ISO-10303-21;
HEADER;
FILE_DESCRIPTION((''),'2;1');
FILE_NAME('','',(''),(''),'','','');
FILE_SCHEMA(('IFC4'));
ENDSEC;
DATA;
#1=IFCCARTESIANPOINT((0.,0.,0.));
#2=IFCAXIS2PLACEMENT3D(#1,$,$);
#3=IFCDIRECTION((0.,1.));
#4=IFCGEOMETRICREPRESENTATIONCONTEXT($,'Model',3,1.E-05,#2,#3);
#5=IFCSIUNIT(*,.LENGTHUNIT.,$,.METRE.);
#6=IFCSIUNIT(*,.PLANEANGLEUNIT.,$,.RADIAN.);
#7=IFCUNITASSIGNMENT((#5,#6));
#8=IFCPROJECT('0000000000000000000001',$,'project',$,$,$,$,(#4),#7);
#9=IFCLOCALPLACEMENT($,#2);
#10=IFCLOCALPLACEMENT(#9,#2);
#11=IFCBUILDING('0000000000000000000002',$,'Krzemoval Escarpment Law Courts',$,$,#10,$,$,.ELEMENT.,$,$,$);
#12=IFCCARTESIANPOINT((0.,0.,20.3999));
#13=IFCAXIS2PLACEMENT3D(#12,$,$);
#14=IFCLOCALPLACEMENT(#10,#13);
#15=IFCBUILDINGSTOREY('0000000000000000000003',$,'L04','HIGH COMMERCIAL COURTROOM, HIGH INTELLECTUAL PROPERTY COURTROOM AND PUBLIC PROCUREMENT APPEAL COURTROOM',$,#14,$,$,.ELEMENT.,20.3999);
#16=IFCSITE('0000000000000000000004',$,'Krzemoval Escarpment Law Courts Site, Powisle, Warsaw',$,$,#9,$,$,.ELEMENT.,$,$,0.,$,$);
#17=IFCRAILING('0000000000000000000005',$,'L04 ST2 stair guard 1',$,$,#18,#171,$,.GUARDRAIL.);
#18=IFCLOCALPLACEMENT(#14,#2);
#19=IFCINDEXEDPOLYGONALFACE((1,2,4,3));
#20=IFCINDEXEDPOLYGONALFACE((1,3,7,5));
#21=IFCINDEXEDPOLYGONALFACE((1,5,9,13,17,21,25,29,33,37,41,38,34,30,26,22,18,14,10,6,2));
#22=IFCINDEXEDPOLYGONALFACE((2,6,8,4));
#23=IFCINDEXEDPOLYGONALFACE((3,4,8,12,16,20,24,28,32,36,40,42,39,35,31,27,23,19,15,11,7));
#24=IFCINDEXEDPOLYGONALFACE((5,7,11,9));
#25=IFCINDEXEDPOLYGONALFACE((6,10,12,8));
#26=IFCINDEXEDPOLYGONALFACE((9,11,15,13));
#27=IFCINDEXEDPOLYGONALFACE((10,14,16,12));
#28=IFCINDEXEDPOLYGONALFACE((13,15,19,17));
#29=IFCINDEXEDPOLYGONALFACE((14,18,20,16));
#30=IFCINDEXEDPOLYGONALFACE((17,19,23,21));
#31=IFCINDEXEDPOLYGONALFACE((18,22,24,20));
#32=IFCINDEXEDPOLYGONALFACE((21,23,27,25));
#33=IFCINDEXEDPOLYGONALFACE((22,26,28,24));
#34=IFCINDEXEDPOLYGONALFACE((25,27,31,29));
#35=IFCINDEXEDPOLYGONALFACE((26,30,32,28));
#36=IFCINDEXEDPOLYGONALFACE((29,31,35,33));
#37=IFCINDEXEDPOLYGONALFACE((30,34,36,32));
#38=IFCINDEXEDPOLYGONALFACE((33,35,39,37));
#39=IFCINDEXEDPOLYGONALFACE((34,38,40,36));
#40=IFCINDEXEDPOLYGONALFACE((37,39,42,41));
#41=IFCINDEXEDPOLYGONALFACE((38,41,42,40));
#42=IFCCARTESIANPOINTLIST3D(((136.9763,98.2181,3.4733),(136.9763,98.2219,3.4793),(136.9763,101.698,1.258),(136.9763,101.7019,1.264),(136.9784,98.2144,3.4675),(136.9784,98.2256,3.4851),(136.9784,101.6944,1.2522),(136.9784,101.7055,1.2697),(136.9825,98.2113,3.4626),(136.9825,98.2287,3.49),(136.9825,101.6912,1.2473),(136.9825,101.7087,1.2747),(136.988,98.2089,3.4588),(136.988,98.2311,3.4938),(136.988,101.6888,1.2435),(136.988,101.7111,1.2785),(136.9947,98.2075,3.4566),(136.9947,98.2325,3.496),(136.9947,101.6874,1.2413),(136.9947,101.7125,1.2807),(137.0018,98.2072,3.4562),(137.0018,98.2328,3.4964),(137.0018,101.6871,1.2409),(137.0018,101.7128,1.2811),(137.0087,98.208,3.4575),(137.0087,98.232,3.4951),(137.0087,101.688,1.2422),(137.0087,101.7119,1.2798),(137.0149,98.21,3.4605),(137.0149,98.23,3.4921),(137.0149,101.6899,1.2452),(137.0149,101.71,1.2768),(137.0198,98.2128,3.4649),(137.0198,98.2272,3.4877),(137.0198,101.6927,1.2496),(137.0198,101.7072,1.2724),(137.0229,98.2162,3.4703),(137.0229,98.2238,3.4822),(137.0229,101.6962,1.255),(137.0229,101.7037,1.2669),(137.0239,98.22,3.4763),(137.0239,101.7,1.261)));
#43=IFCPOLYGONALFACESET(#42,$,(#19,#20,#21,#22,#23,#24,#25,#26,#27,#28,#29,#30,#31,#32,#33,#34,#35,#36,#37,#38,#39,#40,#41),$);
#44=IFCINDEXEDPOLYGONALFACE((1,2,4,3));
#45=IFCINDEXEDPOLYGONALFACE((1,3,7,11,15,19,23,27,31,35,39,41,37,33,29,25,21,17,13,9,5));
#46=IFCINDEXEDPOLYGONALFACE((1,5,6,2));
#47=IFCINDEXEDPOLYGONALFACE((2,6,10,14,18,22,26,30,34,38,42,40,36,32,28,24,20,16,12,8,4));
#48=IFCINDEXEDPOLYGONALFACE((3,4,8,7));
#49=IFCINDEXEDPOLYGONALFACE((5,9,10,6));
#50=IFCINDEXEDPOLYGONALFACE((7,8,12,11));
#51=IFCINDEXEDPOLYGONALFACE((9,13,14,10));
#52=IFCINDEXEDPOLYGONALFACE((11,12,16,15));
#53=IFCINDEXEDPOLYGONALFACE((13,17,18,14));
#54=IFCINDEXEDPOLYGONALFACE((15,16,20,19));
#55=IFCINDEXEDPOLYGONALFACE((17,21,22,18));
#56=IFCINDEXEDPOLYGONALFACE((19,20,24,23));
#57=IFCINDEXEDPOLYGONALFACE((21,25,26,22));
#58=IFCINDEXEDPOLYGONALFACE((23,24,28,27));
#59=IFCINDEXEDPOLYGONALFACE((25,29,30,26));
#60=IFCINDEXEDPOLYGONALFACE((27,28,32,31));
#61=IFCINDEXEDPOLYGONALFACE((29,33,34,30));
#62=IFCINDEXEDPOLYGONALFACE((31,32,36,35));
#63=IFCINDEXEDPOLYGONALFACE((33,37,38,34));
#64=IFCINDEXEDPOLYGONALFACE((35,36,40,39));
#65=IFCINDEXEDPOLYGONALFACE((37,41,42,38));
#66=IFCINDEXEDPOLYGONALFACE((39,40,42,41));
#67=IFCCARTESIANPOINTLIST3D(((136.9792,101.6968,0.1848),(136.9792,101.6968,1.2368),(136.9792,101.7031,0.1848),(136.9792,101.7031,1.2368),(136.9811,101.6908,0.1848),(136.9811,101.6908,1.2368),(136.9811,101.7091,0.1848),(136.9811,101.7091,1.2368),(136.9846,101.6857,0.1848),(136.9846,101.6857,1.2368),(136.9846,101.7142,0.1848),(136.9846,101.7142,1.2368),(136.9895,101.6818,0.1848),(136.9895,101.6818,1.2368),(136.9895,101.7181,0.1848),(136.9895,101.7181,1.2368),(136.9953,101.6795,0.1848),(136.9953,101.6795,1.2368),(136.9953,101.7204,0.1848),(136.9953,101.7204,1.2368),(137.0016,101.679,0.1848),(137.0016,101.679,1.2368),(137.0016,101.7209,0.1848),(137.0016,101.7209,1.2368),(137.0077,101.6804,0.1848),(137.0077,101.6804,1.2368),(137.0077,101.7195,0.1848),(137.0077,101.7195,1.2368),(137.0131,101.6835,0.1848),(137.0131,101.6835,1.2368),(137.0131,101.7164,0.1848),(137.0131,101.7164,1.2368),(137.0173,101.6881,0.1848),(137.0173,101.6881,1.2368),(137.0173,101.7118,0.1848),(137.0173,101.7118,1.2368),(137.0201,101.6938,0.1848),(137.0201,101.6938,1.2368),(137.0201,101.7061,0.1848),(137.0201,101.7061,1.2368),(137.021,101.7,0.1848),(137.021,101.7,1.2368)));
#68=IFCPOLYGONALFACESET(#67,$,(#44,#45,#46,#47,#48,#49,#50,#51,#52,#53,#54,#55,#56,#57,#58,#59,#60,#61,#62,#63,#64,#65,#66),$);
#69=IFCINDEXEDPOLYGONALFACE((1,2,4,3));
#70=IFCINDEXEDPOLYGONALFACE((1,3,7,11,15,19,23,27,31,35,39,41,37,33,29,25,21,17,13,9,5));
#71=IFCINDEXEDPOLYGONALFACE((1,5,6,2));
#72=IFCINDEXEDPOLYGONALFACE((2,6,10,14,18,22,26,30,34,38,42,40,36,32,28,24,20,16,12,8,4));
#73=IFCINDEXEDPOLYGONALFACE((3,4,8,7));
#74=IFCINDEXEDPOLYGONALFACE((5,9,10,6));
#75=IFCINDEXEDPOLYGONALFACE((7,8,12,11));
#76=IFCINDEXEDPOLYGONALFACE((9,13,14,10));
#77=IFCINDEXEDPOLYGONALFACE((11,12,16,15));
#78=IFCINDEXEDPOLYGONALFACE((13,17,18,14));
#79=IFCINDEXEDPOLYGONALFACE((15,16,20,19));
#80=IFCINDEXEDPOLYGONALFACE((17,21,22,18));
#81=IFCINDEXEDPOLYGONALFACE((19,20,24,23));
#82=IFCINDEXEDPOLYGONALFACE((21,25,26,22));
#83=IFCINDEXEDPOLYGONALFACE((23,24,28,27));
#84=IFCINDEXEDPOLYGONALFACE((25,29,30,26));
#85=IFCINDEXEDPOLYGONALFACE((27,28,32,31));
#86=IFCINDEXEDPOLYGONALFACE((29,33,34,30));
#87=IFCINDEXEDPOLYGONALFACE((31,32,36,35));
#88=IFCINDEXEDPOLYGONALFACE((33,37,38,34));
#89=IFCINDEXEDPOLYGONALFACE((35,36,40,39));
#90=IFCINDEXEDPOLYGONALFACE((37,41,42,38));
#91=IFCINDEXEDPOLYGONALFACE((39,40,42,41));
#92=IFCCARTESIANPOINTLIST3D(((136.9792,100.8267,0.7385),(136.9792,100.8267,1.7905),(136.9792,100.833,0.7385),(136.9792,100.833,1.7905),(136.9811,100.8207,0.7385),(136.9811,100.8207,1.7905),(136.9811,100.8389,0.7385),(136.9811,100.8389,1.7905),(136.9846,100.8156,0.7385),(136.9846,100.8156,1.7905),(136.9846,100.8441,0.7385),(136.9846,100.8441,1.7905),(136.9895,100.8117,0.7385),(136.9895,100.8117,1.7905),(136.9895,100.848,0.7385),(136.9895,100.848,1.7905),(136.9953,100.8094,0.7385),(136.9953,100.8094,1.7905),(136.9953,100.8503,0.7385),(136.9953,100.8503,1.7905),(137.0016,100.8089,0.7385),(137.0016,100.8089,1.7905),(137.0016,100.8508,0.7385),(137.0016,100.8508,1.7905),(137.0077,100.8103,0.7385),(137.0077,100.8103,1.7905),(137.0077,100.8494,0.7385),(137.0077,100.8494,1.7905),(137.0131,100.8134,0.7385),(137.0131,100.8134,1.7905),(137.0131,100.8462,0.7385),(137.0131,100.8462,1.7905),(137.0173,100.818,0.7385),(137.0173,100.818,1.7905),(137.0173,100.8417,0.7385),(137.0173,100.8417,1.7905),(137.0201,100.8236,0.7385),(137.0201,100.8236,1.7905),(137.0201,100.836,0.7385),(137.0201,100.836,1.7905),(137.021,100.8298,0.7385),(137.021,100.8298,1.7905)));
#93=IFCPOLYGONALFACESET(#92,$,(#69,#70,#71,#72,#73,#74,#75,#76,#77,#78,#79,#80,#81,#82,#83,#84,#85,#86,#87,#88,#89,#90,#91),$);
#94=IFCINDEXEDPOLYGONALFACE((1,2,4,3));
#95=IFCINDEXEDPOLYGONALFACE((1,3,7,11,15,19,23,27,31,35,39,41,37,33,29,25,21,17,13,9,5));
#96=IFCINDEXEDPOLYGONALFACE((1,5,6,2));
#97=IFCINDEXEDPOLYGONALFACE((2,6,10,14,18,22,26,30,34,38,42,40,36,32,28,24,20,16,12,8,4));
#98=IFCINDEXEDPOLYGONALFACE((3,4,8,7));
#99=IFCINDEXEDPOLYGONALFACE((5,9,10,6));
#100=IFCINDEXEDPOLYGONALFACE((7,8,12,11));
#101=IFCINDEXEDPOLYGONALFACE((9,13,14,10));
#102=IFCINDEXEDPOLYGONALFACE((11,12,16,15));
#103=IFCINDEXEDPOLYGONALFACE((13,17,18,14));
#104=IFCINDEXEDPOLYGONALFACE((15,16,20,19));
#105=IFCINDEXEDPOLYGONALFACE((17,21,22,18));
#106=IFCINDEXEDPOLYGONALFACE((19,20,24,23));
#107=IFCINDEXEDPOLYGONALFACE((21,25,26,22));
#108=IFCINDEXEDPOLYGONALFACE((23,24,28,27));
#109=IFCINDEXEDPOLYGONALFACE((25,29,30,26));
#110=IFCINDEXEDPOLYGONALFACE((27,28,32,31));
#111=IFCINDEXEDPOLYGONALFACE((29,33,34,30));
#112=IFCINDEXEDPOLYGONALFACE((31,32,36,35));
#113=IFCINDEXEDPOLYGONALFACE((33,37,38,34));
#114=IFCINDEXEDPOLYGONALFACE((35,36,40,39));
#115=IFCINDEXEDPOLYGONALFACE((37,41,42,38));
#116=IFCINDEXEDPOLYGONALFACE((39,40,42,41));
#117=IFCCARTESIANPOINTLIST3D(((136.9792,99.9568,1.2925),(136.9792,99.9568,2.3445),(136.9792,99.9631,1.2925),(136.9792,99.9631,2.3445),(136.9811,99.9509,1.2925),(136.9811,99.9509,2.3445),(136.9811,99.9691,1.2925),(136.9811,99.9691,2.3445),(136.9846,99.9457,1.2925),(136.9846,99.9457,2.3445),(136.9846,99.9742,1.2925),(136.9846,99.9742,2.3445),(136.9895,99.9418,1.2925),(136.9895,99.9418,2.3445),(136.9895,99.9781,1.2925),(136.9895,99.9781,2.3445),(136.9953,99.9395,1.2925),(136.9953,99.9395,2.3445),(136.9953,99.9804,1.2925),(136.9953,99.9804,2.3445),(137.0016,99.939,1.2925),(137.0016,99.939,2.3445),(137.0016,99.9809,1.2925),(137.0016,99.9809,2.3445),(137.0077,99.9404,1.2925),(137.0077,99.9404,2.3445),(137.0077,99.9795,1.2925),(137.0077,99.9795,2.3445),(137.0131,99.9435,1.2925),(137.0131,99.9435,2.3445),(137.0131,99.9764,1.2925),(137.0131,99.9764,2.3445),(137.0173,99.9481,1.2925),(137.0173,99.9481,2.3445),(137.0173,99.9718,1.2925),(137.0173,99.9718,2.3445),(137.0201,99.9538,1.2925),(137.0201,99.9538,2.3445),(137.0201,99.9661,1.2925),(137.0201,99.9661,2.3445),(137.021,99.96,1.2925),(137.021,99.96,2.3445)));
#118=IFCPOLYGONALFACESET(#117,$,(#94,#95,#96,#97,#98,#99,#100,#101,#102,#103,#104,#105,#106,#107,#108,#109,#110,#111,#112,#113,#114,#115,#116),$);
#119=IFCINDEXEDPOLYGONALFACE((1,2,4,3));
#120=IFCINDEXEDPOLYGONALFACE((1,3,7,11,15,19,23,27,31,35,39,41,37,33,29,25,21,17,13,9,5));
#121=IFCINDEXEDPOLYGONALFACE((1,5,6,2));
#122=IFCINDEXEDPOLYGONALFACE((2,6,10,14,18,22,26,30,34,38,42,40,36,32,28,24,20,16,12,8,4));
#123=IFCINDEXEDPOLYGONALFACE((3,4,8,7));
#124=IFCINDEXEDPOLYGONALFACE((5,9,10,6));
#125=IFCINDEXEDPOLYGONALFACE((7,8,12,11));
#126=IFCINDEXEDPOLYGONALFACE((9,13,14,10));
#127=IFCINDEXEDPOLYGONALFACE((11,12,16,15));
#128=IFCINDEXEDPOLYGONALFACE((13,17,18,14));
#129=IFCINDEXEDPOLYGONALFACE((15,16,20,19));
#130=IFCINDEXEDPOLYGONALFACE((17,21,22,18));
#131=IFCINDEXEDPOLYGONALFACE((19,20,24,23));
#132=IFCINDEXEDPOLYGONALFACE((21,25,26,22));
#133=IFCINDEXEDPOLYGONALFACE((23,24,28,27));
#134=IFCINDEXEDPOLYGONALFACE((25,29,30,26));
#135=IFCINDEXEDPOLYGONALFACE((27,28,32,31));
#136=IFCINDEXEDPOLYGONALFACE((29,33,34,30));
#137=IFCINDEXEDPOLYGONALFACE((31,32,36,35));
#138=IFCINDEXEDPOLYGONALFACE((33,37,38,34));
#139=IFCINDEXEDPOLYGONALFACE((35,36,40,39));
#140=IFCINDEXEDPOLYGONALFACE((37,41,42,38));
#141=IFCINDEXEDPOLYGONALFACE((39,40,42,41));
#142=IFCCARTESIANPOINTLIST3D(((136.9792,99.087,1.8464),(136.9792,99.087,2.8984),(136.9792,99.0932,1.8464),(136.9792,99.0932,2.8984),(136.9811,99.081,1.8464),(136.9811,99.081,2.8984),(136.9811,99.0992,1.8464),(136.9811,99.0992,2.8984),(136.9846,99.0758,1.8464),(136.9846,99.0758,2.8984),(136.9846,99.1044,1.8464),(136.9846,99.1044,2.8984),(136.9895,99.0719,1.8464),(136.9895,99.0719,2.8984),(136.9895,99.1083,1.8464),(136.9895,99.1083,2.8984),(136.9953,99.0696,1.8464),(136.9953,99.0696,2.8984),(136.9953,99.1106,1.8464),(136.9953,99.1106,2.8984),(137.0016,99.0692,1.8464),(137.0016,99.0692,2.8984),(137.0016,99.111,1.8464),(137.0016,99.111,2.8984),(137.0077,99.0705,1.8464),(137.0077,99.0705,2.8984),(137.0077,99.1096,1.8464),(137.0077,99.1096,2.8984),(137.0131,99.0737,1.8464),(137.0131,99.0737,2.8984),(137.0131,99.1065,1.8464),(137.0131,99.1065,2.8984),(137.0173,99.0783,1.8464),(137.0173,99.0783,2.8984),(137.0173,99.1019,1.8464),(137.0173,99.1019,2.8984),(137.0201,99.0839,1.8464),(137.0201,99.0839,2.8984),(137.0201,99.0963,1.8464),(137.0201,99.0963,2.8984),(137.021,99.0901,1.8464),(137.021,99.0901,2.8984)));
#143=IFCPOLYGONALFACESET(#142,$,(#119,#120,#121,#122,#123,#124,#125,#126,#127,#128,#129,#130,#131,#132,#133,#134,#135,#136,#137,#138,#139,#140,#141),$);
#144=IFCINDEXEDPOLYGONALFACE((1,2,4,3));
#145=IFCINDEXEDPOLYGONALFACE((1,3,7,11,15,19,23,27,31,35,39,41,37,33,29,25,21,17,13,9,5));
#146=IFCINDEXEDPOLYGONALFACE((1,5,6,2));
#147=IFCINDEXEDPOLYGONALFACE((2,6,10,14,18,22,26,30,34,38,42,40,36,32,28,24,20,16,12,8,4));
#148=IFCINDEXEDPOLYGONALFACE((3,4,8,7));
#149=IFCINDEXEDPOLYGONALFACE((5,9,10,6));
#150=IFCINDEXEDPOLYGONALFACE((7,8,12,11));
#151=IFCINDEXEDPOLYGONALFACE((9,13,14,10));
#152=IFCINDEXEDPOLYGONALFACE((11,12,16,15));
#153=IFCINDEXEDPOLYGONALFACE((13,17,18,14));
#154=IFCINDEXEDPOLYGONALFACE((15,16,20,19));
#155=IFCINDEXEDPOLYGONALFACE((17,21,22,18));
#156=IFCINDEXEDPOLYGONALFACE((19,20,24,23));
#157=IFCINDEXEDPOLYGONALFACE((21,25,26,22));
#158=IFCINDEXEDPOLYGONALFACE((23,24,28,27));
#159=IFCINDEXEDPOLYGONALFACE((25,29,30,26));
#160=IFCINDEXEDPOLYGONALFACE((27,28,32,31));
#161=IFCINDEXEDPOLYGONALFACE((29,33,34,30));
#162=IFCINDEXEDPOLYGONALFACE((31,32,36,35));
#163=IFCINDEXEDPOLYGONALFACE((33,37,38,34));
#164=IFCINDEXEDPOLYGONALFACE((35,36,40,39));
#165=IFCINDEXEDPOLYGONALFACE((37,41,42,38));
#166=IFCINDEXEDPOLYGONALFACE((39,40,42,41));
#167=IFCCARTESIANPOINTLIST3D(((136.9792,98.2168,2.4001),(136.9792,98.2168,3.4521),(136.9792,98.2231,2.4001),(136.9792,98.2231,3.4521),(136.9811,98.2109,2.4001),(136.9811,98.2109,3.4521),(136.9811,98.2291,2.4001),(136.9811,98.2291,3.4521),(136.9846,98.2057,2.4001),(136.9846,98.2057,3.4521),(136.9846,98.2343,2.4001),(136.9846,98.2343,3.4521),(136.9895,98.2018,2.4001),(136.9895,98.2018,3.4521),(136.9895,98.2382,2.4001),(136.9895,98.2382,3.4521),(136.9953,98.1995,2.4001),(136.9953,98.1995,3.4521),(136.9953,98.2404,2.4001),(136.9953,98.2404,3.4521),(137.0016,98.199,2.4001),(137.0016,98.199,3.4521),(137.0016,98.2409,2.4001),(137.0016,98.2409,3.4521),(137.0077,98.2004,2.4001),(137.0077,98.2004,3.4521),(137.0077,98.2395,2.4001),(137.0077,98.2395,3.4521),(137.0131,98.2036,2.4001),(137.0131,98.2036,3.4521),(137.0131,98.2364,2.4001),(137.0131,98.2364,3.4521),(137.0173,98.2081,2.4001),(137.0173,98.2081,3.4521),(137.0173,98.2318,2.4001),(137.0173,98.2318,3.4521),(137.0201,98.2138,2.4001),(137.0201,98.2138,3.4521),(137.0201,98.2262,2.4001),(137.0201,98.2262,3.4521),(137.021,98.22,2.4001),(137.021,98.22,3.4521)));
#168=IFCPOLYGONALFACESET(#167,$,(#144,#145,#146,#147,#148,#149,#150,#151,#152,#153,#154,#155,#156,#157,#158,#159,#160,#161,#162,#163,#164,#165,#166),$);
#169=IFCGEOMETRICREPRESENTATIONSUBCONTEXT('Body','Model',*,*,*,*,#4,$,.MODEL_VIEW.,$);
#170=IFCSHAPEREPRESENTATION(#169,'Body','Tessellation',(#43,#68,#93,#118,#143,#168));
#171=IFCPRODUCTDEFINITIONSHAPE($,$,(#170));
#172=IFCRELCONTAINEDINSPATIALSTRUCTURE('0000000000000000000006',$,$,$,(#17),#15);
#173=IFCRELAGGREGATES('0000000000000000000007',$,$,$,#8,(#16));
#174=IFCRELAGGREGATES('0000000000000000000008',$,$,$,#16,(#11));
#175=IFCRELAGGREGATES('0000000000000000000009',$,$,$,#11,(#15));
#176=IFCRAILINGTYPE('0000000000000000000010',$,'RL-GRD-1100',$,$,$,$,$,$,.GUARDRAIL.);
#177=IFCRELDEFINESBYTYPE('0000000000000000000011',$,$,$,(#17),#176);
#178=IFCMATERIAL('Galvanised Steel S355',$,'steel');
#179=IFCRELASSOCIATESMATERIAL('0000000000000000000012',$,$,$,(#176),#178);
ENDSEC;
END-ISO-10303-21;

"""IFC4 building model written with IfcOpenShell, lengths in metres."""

from ifc_helpers import new_model, si_unit, direction, frame, origin, origin_2d, place, context, subcontext, project, spatial, circle, extrude, material, type_object, element, save


model = new_model("IFC4")

# Units and contexts
model_context = context("Model", 3, precision=1e-05, world=origin(), true_north=direction((0.0, 1.0)))
body_context = subcontext(model_context, "Body", "Model", "MODEL_VIEW")
ifc_project = project(units=[si_unit("LENGTHUNIT", "METRE"), si_unit("PLANEANGLEUNIT", "RADIAN")], contexts=[model_context])

# Site, building, storey
site_placement = place(None, origin())
site = spatial("IfcSite", under=ifc_project, at=site_placement, Name="Krzemoval Escarpment Law Courts Site, Powisle, Warsaw", CompositionType="ELEMENT", RefElevation=0.0)
building_placement = place(site_placement, origin())
building = spatial("IfcBuilding", under=site, at=building_placement, Name="Krzemoval Escarpment Law Courts", CompositionType="ELEMENT")
storey_placement = place(building_placement, frame((0.0, 0.0, 20.3999)))
storey = spatial("IfcBuildingStorey", under=building, at=storey_placement, Name="L04", Description="HIGH COMMERCIAL COURTROOM, HIGH INTELLECTUAL PROPERTY COURTROOM AND PUBLIC PROCUREMENT APPEAL COURTROOM", CompositionType="ELEMENT", Elevation=20.3999)

# Railing
ifc_material_1 = material(Name="Galvanised Steel S355", Category="steel")
railing_type_1 = type_object("IfcRailingType", Name="RL-GRD-1100", PredefinedType="GUARDRAIL", material=ifc_material_1)
railing_1_placement = place(storey_placement, frame((137.0, 101.7, 0.1848)))
element("IfcRailing", 1, at=railing_1_placement, inside=storey, type_object=railing_type_1, Name="L04 ST2 stair guard 1", PredefinedType="GUARDRAIL", context=body_context, shape_type="SweptSolid", body=[
    extrude(circle(Radius=0.0239, at=origin_2d()), frame((0.0, 0.0, 1.0762), z_axis=(0.0, -0.843574, 0.537013), x_axis=(1.0, 0.0, 0.0)), (0.0, 0.0, 1.0), 4.1252),
    extrude(circle(Radius=0.021, at=origin_2d()), origin(), (0.0, 0.0, 1.0), 1.052),
    extrude(circle(Radius=0.021, at=origin_2d()), frame((0.0, -0.8701, 0.5537)), (0.0, 0.0, 1.0), 1.052),
    extrude(circle(Radius=0.021, at=origin_2d()), frame((0.0, -1.74, 1.1077)), (0.0, 0.0, 1.0), 1.052),
    extrude(circle(Radius=0.021, at=origin_2d()), frame((0.0, -2.6099, 1.6616)), (0.0, 0.0, 1.0), 1.052),
    extrude(circle(Radius=0.021, at=origin_2d()), frame((0.0, -3.48, 2.2153)), (0.0, 0.0, 1.0), 1.052),
])

save(model, "model.ifc")
